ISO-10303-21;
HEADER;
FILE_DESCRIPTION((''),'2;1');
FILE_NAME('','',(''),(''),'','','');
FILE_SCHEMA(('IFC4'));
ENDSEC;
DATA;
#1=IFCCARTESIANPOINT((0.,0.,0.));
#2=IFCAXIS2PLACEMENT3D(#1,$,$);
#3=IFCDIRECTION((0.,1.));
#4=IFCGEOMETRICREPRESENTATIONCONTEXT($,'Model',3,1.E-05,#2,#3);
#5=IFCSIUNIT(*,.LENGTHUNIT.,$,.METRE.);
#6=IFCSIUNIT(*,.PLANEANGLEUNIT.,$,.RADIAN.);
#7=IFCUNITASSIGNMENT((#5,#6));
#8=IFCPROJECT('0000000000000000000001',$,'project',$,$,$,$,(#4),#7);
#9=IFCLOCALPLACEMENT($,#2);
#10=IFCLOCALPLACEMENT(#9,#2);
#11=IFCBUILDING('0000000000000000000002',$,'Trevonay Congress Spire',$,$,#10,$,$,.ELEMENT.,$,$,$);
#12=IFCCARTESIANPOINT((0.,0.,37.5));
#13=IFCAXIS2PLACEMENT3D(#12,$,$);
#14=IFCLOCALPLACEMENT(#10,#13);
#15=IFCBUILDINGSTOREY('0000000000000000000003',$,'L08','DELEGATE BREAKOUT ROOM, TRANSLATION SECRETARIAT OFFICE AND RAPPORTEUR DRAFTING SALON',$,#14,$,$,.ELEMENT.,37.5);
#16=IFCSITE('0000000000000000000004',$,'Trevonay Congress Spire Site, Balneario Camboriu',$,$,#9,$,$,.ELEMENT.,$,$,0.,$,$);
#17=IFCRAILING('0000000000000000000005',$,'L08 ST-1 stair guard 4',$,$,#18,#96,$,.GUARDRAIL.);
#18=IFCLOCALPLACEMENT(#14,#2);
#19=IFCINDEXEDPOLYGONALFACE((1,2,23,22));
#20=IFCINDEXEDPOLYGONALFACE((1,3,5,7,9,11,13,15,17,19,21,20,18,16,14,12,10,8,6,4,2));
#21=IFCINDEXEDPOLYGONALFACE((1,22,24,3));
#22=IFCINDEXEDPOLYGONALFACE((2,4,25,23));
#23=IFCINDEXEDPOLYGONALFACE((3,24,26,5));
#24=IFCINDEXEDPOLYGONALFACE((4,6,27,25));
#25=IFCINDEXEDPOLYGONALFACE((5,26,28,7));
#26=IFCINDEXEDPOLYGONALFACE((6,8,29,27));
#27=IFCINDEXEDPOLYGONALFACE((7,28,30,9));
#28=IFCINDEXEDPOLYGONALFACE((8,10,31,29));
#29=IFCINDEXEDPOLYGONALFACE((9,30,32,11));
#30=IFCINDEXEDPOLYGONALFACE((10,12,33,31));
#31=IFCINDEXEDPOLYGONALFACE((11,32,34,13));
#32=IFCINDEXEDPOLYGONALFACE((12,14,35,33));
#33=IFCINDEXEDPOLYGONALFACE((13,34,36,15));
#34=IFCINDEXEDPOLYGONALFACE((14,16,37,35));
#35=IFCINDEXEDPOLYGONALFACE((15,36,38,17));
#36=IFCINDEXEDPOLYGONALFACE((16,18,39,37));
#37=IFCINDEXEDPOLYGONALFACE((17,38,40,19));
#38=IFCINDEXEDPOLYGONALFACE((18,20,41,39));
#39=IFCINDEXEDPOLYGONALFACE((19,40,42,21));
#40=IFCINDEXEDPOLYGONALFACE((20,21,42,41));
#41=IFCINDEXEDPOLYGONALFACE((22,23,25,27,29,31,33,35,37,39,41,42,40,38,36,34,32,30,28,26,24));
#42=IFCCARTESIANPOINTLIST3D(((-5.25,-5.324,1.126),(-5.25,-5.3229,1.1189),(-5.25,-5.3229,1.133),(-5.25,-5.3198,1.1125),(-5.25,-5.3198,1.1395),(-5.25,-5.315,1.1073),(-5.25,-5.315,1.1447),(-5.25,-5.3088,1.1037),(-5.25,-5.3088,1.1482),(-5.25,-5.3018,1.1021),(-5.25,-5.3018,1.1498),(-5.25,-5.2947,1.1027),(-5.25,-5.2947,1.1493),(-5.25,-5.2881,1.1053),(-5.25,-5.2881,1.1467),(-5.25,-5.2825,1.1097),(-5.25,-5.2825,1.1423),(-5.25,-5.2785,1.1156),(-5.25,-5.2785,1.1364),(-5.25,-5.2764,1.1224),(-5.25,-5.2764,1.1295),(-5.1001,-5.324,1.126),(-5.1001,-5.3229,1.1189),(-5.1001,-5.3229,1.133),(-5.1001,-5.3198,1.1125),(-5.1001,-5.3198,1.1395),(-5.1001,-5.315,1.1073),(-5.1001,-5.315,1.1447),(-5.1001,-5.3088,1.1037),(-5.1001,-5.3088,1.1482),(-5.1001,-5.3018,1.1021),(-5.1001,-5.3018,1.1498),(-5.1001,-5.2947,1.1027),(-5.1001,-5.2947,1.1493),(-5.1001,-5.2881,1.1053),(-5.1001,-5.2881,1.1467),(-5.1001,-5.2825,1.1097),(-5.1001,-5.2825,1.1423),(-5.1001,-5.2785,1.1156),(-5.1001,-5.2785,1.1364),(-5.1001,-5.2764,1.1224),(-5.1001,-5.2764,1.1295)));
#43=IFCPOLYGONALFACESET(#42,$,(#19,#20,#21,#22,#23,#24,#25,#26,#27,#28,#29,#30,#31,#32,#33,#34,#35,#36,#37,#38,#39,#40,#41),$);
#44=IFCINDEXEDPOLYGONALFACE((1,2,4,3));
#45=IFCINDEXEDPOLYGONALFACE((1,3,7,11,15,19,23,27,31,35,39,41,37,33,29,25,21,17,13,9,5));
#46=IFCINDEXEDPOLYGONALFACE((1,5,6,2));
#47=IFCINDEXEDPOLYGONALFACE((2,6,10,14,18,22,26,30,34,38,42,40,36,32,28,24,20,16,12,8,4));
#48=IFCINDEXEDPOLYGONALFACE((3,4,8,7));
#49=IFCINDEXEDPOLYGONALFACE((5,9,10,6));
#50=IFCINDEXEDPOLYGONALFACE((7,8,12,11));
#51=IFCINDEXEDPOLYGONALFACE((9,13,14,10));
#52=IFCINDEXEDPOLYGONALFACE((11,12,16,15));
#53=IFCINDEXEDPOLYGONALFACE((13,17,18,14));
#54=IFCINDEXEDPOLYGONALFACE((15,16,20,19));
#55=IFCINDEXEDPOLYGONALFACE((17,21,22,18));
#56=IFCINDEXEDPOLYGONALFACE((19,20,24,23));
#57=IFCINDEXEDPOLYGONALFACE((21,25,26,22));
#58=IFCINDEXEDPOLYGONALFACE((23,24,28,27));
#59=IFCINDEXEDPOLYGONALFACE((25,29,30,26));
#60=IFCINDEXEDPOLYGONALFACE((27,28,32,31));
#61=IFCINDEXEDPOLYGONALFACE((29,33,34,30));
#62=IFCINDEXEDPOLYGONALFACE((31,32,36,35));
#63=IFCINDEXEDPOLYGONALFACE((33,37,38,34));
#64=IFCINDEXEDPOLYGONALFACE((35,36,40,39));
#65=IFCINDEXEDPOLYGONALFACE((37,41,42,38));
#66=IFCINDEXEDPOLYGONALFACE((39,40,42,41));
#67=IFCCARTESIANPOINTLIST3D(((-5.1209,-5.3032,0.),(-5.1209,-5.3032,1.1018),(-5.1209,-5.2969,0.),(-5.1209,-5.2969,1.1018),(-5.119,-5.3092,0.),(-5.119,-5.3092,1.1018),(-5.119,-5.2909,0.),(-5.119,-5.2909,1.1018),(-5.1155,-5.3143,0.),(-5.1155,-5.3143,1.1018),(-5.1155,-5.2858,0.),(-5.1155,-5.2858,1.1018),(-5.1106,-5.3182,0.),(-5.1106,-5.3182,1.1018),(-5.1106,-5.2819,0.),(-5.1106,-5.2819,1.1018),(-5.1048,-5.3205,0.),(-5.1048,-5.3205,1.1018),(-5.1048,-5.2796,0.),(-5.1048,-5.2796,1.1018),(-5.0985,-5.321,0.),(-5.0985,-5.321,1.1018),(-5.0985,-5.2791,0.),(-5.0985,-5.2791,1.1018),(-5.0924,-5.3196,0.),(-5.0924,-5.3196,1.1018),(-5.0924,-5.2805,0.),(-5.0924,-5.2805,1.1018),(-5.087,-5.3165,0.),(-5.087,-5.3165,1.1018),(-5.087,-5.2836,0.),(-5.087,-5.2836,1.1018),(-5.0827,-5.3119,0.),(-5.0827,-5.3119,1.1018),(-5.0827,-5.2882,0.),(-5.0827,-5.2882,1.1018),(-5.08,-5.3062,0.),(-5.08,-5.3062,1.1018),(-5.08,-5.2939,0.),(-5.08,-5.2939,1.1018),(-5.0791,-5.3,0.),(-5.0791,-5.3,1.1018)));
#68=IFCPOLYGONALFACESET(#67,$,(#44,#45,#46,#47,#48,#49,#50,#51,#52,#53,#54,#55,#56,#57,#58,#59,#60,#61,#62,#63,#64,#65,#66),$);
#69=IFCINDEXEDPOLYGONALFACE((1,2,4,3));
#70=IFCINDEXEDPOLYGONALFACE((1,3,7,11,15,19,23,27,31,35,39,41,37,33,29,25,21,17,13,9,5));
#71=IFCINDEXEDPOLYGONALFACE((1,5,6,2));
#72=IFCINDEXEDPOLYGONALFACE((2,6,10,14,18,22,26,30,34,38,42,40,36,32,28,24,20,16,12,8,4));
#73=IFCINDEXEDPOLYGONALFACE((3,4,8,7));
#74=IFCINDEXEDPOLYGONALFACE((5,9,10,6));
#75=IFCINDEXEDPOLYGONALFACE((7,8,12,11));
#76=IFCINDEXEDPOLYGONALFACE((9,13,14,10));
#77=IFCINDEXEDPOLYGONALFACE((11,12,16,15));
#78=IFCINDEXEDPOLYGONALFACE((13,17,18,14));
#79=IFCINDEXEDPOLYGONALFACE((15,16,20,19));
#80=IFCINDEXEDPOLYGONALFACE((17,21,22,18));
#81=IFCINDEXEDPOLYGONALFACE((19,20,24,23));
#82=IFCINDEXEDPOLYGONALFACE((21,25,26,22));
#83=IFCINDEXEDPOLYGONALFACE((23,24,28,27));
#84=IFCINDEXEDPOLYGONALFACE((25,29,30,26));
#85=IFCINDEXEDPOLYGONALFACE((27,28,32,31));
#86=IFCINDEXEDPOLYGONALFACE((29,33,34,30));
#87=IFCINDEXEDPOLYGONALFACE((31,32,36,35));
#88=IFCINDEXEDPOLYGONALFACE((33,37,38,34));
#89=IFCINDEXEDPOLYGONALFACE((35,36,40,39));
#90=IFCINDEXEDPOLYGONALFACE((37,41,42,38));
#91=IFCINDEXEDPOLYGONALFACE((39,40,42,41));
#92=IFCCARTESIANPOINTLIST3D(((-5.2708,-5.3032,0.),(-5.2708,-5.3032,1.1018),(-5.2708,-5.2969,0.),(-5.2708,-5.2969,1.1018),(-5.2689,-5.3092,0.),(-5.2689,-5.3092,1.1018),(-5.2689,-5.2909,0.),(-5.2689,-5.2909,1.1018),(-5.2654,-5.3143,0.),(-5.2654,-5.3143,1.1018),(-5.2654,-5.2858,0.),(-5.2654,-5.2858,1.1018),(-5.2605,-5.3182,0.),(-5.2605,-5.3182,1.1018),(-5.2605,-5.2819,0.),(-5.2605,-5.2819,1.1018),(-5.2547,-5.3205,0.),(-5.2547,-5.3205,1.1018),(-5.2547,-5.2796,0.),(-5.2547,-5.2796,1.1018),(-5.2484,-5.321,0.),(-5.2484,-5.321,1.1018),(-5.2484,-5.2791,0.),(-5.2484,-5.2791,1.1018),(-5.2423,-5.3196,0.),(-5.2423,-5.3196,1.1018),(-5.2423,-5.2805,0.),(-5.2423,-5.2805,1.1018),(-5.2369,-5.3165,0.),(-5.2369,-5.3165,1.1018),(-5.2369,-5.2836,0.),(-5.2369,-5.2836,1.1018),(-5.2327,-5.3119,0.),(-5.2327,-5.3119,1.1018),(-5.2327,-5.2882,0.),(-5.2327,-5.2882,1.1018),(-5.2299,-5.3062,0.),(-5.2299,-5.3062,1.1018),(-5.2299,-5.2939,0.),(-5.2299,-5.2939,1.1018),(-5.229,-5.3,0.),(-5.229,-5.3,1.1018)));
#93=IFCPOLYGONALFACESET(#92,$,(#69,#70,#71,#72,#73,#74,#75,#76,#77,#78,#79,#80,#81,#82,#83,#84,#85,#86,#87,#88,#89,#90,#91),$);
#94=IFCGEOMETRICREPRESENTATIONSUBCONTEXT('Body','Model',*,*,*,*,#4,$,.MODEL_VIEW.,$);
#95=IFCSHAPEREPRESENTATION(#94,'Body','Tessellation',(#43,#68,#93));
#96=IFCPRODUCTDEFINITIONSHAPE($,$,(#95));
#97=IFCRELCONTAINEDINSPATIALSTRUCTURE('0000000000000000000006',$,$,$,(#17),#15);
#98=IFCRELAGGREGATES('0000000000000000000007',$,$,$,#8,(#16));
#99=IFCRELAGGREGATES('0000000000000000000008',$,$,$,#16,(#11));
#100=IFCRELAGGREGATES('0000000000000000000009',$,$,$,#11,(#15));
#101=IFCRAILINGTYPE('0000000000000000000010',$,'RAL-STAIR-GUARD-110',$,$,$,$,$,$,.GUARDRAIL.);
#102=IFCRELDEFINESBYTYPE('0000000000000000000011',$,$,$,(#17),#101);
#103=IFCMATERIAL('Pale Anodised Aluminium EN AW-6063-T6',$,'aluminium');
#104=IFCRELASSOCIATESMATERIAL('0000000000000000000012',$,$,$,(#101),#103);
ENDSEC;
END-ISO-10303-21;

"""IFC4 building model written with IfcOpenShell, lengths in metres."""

from ifc_helpers import new_model, si_unit, direction, frame, origin, origin_2d, place, context, subcontext, project, spatial, circle, extrude, material, type_object, element, save


model = new_model("IFC4")

# Units and contexts
model_context = context("Model", 3, precision=1e-05, world=origin(), true_north=direction((0.0, 1.0)))
body_context = subcontext(model_context, "Body", "Model", "MODEL_VIEW")
ifc_project = project(units=[si_unit("LENGTHUNIT", "METRE"), si_unit("PLANEANGLEUNIT", "RADIAN")], contexts=[model_context])

# Site, building, storey
site_placement = place(None, origin())
site = spatial("IfcSite", under=ifc_project, at=site_placement, Name="Trevonay Congress Spire Site, Balneario Camboriu", CompositionType="ELEMENT", RefElevation=0.0)
building_placement = place(site_placement, origin())
building = spatial("IfcBuilding", under=site, at=building_placement, Name="Trevonay Congress Spire", CompositionType="ELEMENT")
storey_placement = place(building_placement, frame((0.0, 0.0, 37.5)))
storey = spatial("IfcBuildingStorey", under=building, at=storey_placement, Name="L08", Description="DELEGATE BREAKOUT ROOM, TRANSLATION SECRETARIAT OFFICE AND RAPPORTEUR DRAFTING SALON", CompositionType="ELEMENT", Elevation=37.5)

# Shared definitions
ifc_material_1 = material(Name="Pale Anodised Aluminium EN AW-6063-T6", Category="aluminium")

# Railing
railing_type_1 = type_object("IfcRailingType", Name="RAL-STAIR-GUARD-110", PredefinedType="GUARDRAIL", material=ifc_material_1)
railing_1_placement = place(storey_placement, frame((-5.1001, -5.3, 0.0)))
element("IfcRailing", 1, at=railing_1_placement, inside=storey, type_object=railing_type_1, Name="L08 ST-1 stair guard 4", PredefinedType="GUARDRAIL", context=body_context, shape_type="SweptSolid", body=[
    extrude(circle(Radius=0.0239, at=origin_2d()), frame((0.0, 0.0, 1.126), z_axis=(-1.0, 0.0, 0.0), x_axis=(0.0, -1.0, 0.0)), (0.0, 0.0, 1.0), 0.1499),
    extrude(circle(Radius=0.021, at=origin_2d()), origin(), (0.0, 0.0, 1.0), 1.1018),
    extrude(circle(Radius=0.021, at=origin_2d()), frame((-0.1499, 0.0, 0.0)), (0.0, 0.0, 1.0), 1.1018),
])

save(model, "model.ifc")
